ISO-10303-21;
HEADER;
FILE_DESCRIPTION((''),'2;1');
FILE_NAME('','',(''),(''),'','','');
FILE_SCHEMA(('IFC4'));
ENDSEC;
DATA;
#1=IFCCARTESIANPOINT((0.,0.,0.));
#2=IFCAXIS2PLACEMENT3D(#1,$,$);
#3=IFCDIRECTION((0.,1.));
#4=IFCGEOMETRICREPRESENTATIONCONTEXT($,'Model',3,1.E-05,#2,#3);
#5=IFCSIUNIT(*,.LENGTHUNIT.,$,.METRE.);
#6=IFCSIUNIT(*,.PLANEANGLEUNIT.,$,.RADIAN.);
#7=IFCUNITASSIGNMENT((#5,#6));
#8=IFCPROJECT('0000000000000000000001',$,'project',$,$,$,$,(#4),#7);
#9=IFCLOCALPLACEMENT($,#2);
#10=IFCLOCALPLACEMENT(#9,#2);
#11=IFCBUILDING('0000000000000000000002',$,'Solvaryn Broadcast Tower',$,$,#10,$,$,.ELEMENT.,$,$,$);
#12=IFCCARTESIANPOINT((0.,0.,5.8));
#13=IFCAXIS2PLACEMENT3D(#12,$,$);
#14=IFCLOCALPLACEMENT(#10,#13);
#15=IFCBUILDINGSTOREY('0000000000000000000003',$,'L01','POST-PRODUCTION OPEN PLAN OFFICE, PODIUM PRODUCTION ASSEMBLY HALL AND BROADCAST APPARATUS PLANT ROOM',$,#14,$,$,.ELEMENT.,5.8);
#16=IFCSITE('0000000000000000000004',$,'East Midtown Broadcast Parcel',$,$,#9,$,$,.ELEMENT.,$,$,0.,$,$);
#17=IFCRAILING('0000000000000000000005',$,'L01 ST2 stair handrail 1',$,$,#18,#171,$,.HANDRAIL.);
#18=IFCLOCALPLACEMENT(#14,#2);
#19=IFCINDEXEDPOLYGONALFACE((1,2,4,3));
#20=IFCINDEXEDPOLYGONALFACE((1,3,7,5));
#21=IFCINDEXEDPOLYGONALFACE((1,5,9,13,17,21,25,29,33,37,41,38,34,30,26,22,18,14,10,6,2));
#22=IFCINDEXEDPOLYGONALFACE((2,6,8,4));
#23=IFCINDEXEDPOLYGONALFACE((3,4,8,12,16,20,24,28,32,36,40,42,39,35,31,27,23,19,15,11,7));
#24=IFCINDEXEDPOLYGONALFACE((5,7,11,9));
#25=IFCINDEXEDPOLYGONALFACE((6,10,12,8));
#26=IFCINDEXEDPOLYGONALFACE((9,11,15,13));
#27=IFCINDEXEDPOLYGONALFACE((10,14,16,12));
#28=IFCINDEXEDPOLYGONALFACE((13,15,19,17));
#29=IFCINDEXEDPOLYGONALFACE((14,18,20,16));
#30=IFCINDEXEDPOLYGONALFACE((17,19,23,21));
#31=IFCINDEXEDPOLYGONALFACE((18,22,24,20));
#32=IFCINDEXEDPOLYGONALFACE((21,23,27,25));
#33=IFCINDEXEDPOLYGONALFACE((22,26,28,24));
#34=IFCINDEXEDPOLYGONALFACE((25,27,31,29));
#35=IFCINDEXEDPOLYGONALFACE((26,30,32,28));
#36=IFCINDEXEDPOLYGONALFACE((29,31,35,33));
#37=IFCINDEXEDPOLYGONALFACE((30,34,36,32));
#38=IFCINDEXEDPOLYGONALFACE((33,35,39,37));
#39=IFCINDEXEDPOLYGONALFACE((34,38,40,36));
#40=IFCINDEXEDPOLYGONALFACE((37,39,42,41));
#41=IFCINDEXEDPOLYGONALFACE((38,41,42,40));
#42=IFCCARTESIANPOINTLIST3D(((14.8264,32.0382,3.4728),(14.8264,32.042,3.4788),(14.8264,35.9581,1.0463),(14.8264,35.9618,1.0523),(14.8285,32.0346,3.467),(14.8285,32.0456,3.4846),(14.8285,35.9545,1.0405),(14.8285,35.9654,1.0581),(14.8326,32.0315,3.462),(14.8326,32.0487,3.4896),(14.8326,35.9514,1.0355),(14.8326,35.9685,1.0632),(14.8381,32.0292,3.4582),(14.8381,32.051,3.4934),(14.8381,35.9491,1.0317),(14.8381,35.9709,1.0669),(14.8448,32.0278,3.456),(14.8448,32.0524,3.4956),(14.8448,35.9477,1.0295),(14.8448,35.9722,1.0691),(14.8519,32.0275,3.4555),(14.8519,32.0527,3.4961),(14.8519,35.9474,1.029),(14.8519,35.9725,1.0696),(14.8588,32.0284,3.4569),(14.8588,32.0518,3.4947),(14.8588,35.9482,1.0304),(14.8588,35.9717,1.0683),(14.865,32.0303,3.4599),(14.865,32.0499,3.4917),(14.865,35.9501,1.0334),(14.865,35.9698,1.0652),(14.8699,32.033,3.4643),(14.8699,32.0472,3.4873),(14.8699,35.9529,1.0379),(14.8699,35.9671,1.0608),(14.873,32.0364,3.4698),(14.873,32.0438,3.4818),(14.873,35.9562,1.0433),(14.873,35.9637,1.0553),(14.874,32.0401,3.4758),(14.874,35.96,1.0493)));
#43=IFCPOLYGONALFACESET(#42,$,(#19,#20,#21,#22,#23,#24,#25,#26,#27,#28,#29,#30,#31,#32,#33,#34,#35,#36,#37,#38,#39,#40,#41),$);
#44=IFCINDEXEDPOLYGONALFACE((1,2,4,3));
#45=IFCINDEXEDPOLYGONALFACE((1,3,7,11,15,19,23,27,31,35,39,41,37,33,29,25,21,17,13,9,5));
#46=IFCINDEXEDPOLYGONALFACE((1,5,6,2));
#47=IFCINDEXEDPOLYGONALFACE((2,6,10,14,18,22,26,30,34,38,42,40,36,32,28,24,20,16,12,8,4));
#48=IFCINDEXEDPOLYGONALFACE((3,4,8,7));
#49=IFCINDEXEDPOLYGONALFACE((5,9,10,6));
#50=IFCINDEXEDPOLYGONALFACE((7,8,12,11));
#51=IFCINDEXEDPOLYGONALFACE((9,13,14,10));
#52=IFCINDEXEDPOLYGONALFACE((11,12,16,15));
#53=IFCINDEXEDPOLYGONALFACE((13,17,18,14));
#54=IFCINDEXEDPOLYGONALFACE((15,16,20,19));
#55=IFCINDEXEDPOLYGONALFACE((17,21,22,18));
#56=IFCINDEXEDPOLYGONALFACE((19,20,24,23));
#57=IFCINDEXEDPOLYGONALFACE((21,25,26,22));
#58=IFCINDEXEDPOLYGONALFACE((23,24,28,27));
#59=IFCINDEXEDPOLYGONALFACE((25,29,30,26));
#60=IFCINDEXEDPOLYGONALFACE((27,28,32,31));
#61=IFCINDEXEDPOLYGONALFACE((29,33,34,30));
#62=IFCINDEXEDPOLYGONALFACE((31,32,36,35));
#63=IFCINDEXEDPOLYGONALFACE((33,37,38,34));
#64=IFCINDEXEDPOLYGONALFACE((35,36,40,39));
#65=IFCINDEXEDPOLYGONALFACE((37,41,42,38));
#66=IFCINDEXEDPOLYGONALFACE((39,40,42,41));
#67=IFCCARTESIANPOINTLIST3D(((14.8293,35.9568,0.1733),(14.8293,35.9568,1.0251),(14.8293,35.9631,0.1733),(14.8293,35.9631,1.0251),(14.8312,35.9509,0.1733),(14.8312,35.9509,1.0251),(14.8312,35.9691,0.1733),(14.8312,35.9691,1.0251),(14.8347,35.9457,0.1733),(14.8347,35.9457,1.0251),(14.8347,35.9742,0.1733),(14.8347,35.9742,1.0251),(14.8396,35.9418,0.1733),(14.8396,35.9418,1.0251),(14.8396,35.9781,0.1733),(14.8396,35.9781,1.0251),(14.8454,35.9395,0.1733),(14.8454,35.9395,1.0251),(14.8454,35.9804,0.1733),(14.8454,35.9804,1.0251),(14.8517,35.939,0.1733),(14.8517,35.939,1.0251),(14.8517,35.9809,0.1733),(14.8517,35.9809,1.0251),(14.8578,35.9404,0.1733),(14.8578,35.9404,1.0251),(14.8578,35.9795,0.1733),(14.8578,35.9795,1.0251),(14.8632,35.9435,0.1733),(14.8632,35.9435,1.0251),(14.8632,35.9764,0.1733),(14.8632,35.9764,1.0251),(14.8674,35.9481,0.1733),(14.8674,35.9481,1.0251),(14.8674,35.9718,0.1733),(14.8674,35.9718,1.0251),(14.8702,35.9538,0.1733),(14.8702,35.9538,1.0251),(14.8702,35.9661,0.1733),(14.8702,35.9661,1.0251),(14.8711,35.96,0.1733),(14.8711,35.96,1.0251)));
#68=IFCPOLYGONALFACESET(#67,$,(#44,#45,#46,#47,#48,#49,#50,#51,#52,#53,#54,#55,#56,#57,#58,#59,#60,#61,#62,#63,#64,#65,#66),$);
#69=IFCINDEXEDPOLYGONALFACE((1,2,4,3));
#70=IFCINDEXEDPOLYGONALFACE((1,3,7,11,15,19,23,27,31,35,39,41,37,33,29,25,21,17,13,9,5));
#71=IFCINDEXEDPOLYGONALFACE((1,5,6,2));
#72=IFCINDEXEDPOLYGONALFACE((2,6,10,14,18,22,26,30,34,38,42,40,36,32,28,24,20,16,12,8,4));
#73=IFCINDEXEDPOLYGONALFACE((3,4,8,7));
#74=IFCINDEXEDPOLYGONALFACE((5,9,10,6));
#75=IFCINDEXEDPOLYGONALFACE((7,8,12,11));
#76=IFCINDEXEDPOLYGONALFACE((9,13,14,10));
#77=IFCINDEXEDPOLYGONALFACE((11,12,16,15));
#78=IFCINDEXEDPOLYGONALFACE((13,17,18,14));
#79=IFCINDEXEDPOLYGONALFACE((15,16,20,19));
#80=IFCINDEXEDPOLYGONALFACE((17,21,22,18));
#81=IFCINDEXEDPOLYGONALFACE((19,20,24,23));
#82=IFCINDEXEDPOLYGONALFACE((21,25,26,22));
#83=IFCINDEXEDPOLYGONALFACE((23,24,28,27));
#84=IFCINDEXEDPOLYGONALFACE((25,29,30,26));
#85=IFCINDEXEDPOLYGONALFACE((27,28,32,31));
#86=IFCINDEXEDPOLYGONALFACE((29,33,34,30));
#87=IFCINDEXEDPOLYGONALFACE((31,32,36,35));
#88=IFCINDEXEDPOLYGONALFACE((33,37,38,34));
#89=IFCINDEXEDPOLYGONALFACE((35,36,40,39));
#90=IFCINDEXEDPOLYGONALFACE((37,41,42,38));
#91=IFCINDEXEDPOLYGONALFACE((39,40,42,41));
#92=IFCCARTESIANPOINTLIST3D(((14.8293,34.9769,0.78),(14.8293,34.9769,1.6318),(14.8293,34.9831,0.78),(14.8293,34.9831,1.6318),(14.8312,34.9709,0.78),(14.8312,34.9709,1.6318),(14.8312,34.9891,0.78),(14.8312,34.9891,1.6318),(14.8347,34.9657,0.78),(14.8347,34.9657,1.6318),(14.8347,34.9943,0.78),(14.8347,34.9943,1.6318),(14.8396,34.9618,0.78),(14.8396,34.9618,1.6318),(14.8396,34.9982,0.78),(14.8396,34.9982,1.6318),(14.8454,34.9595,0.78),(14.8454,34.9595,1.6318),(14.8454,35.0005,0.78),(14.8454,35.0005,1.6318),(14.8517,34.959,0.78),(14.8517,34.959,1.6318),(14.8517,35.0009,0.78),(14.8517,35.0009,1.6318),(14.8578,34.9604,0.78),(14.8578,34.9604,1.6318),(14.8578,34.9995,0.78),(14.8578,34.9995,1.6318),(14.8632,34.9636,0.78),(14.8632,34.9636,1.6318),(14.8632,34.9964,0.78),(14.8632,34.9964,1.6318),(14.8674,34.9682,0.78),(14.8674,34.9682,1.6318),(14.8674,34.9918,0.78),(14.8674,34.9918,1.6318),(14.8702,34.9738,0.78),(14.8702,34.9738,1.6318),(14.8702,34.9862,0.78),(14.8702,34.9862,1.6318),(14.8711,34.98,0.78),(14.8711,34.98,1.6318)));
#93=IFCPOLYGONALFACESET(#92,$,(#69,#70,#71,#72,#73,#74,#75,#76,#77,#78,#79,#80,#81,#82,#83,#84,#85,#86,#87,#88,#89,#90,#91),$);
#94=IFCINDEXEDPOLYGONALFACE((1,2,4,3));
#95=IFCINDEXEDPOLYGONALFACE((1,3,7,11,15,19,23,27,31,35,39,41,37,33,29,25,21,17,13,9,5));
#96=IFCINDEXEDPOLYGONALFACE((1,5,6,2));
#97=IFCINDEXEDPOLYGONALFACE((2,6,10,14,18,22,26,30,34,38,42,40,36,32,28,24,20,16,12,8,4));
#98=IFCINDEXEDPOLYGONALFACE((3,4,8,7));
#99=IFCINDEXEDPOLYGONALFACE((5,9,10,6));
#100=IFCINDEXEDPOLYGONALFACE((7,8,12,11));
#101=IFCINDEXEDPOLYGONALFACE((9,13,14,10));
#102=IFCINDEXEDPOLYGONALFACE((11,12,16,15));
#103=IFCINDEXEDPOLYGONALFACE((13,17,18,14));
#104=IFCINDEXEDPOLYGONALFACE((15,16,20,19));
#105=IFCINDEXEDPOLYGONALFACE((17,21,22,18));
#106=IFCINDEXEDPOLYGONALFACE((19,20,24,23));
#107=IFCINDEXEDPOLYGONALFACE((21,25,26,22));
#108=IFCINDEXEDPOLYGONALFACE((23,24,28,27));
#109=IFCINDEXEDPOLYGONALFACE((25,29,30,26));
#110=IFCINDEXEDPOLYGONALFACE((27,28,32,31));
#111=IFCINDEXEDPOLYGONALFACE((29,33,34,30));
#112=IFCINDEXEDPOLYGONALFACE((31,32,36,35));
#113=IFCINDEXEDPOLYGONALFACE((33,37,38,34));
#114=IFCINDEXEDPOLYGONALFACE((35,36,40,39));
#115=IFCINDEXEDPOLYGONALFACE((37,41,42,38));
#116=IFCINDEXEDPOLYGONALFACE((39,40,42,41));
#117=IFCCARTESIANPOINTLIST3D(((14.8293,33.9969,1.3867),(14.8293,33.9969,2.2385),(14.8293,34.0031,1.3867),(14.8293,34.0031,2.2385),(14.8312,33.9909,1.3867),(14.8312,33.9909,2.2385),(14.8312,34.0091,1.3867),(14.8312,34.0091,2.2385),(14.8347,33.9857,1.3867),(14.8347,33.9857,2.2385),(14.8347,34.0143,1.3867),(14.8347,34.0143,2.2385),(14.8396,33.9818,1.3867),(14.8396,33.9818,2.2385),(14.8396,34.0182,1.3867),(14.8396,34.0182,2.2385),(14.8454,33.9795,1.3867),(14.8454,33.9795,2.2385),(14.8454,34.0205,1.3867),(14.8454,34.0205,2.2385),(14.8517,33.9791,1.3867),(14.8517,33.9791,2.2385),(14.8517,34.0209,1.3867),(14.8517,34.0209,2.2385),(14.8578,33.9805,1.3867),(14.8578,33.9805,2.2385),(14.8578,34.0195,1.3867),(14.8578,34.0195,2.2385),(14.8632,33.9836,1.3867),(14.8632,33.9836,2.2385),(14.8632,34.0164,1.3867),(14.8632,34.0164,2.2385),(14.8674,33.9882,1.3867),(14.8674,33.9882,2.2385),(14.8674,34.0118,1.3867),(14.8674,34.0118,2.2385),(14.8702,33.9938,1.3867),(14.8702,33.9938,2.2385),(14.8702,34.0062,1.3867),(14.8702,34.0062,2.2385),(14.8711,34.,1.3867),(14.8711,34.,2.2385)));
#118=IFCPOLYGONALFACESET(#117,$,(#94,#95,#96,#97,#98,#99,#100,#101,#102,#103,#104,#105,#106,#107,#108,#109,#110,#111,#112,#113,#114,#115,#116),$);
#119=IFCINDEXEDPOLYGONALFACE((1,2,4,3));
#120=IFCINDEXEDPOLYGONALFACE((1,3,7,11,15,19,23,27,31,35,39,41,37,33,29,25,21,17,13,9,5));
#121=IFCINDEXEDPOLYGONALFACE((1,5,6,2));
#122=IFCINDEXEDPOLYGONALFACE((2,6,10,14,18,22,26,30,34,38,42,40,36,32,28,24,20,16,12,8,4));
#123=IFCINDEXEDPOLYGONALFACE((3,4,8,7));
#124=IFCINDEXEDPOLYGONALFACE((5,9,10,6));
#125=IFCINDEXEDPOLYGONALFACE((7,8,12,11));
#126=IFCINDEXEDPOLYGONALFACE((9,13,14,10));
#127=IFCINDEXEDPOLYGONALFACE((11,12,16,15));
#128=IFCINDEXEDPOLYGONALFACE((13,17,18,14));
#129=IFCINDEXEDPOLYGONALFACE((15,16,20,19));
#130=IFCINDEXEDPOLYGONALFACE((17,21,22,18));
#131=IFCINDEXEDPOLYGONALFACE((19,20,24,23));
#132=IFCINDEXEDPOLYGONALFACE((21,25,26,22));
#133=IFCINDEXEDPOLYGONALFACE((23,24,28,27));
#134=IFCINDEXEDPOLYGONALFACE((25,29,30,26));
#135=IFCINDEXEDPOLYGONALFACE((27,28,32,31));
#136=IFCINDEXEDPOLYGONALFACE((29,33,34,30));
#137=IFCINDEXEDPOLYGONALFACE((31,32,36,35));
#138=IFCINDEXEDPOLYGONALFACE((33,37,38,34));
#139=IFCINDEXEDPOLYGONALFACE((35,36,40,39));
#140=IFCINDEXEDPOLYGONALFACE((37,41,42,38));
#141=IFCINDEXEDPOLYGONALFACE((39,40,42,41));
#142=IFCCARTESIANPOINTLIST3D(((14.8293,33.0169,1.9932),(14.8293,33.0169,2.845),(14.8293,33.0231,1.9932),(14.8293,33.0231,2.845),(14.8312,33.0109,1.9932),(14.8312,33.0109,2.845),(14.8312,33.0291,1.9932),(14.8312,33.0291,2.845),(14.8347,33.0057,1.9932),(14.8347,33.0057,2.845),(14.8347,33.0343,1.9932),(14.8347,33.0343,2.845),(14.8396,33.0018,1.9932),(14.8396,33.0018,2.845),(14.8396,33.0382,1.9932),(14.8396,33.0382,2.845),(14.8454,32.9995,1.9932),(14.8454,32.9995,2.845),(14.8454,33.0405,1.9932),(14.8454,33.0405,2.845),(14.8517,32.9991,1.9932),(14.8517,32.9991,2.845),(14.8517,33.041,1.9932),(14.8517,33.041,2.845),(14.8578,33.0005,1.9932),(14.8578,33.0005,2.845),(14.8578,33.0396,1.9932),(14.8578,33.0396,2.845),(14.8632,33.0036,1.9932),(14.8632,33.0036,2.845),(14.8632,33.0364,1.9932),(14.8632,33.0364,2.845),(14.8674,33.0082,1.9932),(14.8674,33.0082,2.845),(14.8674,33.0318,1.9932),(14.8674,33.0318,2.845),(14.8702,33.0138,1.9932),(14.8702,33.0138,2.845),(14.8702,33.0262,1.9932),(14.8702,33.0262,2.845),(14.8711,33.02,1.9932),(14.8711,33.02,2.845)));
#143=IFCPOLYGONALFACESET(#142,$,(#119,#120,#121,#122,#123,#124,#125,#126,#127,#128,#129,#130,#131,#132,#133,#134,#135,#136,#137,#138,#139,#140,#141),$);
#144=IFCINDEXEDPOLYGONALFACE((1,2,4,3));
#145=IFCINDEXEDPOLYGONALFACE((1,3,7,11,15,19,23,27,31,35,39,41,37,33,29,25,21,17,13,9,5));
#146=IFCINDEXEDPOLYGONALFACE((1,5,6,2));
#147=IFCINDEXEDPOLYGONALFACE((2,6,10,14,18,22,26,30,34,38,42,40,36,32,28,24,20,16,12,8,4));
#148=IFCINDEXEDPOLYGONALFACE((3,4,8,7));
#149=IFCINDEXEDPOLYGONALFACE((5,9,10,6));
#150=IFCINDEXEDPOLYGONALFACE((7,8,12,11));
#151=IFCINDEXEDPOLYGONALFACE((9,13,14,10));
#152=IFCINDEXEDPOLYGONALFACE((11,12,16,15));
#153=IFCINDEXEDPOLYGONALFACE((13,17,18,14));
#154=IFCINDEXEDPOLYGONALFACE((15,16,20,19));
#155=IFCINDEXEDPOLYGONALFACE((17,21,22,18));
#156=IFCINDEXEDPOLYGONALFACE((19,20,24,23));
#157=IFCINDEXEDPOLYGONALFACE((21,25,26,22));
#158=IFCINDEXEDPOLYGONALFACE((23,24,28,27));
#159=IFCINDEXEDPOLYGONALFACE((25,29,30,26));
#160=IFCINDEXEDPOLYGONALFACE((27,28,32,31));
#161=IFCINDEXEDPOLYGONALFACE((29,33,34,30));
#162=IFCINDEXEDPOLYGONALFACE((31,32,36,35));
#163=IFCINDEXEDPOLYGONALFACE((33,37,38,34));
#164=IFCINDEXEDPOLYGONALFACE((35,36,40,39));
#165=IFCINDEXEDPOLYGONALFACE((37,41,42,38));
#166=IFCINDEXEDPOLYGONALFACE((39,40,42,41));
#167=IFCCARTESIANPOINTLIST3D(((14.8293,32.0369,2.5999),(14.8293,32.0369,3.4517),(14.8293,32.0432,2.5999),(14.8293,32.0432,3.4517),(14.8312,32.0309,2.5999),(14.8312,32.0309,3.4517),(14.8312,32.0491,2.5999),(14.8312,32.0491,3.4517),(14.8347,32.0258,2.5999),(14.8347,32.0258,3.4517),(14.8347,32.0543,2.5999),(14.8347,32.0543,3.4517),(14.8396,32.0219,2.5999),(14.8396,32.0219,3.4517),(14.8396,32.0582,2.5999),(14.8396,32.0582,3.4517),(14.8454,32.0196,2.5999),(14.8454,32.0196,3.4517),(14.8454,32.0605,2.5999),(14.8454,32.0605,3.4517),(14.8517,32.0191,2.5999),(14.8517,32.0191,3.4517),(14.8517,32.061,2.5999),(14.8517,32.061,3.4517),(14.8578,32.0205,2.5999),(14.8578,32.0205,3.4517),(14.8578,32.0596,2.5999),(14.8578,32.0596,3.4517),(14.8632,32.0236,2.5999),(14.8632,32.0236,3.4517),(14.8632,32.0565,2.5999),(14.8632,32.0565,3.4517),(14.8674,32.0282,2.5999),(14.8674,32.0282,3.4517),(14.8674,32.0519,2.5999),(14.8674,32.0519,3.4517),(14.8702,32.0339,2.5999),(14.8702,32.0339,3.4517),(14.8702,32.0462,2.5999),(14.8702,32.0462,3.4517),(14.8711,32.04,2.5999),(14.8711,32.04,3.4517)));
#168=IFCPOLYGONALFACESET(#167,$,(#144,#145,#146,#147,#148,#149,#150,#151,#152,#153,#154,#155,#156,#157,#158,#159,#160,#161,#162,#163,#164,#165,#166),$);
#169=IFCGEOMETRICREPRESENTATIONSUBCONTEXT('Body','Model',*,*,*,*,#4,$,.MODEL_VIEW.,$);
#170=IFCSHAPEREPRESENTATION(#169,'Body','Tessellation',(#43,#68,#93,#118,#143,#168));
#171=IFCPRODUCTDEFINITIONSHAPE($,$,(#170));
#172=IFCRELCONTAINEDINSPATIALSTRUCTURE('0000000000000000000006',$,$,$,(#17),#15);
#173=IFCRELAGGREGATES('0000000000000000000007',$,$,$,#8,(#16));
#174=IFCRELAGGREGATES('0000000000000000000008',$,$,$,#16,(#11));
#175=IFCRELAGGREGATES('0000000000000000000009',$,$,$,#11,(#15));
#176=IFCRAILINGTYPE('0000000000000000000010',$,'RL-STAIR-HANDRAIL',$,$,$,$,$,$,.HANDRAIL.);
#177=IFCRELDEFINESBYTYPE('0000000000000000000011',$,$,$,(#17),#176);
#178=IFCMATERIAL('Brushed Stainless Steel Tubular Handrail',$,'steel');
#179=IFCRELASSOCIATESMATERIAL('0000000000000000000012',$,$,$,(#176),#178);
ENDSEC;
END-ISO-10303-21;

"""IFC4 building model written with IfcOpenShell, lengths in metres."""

from ifc_helpers import new_model, si_unit, direction, frame, origin, origin_2d, place, context, subcontext, project, spatial, circle, extrude, material, type_object, element, save


model = new_model("IFC4")

# Units and contexts
model_context = context("Model", 3, precision=1e-05, world=origin(), true_north=direction((0.0, 1.0)))
body_context = subcontext(model_context, "Body", "Model", "MODEL_VIEW")
ifc_project = project(units=[si_unit("LENGTHUNIT", "METRE"), si_unit("PLANEANGLEUNIT", "RADIAN")], contexts=[model_context])

# Site, building, storey
site_placement = place(None, origin())
site = spatial("IfcSite", under=ifc_project, at=site_placement, Name="East Midtown Broadcast Parcel", CompositionType="ELEMENT", RefElevation=0.0)
building_placement = place(site_placement, origin())
building = spatial("IfcBuilding", under=site, at=building_placement, Name="Solvaryn Broadcast Tower", CompositionType="ELEMENT")
storey_placement = place(building_placement, frame((0.0, 0.0, 5.8)))
storey = spatial("IfcBuildingStorey", under=building, at=storey_placement, Name="L01", Description="POST-PRODUCTION OPEN PLAN OFFICE, PODIUM PRODUCTION ASSEMBLY HALL AND BROADCAST APPARATUS PLANT ROOM", CompositionType="ELEMENT", Elevation=5.8)

# Railing
ifc_material_1 = material(Name="Brushed Stainless Steel Tubular Handrail", Category="steel")
railing_type_1 = type_object("IfcRailingType", Name="RL-STAIR-HANDRAIL", PredefinedType="HANDRAIL", material=ifc_material_1)
railing_1_placement = place(storey_placement, frame((14.8501, 35.96, 0.1733)))
element("IfcRailing", 1, at=railing_1_placement, inside=storey, type_object=railing_type_1, Name="L01 ST2 stair handrail 1", PredefinedType="HANDRAIL", context=body_context, shape_type="SweptSolid", body=[
    extrude(circle(Radius=0.0239, at=origin_2d()), frame((0.0, 0.0, 0.876), z_axis=(0.0, -0.850275, 0.526338), x_axis=(1.0, 0.0, 0.0)), (0.0, 0.0, 1.0), 4.6101),
    extrude(circle(Radius=0.021, at=origin_2d()), origin(), (0.0, 0.0, 1.0), 0.8518),
    extrude(circle(Radius=0.021, at=origin_2d()), frame((0.0, -0.98, 0.6067)), (0.0, 0.0, 1.0), 0.8518),
    extrude(circle(Radius=0.021, at=origin_2d()), frame((0.0, -1.96, 1.2134)), (0.0, 0.0, 1.0), 0.8518),
    extrude(circle(Radius=0.021, at=origin_2d()), frame((0.0, -2.9399, 1.8198)), (0.0, 0.0, 1.0), 0.8518),
    extrude(circle(Radius=0.021, at=origin_2d()), frame((0.0, -3.9199, 2.4265)), (0.0, 0.0, 1.0), 0.8518),
])

save(model, "model.ifc")
